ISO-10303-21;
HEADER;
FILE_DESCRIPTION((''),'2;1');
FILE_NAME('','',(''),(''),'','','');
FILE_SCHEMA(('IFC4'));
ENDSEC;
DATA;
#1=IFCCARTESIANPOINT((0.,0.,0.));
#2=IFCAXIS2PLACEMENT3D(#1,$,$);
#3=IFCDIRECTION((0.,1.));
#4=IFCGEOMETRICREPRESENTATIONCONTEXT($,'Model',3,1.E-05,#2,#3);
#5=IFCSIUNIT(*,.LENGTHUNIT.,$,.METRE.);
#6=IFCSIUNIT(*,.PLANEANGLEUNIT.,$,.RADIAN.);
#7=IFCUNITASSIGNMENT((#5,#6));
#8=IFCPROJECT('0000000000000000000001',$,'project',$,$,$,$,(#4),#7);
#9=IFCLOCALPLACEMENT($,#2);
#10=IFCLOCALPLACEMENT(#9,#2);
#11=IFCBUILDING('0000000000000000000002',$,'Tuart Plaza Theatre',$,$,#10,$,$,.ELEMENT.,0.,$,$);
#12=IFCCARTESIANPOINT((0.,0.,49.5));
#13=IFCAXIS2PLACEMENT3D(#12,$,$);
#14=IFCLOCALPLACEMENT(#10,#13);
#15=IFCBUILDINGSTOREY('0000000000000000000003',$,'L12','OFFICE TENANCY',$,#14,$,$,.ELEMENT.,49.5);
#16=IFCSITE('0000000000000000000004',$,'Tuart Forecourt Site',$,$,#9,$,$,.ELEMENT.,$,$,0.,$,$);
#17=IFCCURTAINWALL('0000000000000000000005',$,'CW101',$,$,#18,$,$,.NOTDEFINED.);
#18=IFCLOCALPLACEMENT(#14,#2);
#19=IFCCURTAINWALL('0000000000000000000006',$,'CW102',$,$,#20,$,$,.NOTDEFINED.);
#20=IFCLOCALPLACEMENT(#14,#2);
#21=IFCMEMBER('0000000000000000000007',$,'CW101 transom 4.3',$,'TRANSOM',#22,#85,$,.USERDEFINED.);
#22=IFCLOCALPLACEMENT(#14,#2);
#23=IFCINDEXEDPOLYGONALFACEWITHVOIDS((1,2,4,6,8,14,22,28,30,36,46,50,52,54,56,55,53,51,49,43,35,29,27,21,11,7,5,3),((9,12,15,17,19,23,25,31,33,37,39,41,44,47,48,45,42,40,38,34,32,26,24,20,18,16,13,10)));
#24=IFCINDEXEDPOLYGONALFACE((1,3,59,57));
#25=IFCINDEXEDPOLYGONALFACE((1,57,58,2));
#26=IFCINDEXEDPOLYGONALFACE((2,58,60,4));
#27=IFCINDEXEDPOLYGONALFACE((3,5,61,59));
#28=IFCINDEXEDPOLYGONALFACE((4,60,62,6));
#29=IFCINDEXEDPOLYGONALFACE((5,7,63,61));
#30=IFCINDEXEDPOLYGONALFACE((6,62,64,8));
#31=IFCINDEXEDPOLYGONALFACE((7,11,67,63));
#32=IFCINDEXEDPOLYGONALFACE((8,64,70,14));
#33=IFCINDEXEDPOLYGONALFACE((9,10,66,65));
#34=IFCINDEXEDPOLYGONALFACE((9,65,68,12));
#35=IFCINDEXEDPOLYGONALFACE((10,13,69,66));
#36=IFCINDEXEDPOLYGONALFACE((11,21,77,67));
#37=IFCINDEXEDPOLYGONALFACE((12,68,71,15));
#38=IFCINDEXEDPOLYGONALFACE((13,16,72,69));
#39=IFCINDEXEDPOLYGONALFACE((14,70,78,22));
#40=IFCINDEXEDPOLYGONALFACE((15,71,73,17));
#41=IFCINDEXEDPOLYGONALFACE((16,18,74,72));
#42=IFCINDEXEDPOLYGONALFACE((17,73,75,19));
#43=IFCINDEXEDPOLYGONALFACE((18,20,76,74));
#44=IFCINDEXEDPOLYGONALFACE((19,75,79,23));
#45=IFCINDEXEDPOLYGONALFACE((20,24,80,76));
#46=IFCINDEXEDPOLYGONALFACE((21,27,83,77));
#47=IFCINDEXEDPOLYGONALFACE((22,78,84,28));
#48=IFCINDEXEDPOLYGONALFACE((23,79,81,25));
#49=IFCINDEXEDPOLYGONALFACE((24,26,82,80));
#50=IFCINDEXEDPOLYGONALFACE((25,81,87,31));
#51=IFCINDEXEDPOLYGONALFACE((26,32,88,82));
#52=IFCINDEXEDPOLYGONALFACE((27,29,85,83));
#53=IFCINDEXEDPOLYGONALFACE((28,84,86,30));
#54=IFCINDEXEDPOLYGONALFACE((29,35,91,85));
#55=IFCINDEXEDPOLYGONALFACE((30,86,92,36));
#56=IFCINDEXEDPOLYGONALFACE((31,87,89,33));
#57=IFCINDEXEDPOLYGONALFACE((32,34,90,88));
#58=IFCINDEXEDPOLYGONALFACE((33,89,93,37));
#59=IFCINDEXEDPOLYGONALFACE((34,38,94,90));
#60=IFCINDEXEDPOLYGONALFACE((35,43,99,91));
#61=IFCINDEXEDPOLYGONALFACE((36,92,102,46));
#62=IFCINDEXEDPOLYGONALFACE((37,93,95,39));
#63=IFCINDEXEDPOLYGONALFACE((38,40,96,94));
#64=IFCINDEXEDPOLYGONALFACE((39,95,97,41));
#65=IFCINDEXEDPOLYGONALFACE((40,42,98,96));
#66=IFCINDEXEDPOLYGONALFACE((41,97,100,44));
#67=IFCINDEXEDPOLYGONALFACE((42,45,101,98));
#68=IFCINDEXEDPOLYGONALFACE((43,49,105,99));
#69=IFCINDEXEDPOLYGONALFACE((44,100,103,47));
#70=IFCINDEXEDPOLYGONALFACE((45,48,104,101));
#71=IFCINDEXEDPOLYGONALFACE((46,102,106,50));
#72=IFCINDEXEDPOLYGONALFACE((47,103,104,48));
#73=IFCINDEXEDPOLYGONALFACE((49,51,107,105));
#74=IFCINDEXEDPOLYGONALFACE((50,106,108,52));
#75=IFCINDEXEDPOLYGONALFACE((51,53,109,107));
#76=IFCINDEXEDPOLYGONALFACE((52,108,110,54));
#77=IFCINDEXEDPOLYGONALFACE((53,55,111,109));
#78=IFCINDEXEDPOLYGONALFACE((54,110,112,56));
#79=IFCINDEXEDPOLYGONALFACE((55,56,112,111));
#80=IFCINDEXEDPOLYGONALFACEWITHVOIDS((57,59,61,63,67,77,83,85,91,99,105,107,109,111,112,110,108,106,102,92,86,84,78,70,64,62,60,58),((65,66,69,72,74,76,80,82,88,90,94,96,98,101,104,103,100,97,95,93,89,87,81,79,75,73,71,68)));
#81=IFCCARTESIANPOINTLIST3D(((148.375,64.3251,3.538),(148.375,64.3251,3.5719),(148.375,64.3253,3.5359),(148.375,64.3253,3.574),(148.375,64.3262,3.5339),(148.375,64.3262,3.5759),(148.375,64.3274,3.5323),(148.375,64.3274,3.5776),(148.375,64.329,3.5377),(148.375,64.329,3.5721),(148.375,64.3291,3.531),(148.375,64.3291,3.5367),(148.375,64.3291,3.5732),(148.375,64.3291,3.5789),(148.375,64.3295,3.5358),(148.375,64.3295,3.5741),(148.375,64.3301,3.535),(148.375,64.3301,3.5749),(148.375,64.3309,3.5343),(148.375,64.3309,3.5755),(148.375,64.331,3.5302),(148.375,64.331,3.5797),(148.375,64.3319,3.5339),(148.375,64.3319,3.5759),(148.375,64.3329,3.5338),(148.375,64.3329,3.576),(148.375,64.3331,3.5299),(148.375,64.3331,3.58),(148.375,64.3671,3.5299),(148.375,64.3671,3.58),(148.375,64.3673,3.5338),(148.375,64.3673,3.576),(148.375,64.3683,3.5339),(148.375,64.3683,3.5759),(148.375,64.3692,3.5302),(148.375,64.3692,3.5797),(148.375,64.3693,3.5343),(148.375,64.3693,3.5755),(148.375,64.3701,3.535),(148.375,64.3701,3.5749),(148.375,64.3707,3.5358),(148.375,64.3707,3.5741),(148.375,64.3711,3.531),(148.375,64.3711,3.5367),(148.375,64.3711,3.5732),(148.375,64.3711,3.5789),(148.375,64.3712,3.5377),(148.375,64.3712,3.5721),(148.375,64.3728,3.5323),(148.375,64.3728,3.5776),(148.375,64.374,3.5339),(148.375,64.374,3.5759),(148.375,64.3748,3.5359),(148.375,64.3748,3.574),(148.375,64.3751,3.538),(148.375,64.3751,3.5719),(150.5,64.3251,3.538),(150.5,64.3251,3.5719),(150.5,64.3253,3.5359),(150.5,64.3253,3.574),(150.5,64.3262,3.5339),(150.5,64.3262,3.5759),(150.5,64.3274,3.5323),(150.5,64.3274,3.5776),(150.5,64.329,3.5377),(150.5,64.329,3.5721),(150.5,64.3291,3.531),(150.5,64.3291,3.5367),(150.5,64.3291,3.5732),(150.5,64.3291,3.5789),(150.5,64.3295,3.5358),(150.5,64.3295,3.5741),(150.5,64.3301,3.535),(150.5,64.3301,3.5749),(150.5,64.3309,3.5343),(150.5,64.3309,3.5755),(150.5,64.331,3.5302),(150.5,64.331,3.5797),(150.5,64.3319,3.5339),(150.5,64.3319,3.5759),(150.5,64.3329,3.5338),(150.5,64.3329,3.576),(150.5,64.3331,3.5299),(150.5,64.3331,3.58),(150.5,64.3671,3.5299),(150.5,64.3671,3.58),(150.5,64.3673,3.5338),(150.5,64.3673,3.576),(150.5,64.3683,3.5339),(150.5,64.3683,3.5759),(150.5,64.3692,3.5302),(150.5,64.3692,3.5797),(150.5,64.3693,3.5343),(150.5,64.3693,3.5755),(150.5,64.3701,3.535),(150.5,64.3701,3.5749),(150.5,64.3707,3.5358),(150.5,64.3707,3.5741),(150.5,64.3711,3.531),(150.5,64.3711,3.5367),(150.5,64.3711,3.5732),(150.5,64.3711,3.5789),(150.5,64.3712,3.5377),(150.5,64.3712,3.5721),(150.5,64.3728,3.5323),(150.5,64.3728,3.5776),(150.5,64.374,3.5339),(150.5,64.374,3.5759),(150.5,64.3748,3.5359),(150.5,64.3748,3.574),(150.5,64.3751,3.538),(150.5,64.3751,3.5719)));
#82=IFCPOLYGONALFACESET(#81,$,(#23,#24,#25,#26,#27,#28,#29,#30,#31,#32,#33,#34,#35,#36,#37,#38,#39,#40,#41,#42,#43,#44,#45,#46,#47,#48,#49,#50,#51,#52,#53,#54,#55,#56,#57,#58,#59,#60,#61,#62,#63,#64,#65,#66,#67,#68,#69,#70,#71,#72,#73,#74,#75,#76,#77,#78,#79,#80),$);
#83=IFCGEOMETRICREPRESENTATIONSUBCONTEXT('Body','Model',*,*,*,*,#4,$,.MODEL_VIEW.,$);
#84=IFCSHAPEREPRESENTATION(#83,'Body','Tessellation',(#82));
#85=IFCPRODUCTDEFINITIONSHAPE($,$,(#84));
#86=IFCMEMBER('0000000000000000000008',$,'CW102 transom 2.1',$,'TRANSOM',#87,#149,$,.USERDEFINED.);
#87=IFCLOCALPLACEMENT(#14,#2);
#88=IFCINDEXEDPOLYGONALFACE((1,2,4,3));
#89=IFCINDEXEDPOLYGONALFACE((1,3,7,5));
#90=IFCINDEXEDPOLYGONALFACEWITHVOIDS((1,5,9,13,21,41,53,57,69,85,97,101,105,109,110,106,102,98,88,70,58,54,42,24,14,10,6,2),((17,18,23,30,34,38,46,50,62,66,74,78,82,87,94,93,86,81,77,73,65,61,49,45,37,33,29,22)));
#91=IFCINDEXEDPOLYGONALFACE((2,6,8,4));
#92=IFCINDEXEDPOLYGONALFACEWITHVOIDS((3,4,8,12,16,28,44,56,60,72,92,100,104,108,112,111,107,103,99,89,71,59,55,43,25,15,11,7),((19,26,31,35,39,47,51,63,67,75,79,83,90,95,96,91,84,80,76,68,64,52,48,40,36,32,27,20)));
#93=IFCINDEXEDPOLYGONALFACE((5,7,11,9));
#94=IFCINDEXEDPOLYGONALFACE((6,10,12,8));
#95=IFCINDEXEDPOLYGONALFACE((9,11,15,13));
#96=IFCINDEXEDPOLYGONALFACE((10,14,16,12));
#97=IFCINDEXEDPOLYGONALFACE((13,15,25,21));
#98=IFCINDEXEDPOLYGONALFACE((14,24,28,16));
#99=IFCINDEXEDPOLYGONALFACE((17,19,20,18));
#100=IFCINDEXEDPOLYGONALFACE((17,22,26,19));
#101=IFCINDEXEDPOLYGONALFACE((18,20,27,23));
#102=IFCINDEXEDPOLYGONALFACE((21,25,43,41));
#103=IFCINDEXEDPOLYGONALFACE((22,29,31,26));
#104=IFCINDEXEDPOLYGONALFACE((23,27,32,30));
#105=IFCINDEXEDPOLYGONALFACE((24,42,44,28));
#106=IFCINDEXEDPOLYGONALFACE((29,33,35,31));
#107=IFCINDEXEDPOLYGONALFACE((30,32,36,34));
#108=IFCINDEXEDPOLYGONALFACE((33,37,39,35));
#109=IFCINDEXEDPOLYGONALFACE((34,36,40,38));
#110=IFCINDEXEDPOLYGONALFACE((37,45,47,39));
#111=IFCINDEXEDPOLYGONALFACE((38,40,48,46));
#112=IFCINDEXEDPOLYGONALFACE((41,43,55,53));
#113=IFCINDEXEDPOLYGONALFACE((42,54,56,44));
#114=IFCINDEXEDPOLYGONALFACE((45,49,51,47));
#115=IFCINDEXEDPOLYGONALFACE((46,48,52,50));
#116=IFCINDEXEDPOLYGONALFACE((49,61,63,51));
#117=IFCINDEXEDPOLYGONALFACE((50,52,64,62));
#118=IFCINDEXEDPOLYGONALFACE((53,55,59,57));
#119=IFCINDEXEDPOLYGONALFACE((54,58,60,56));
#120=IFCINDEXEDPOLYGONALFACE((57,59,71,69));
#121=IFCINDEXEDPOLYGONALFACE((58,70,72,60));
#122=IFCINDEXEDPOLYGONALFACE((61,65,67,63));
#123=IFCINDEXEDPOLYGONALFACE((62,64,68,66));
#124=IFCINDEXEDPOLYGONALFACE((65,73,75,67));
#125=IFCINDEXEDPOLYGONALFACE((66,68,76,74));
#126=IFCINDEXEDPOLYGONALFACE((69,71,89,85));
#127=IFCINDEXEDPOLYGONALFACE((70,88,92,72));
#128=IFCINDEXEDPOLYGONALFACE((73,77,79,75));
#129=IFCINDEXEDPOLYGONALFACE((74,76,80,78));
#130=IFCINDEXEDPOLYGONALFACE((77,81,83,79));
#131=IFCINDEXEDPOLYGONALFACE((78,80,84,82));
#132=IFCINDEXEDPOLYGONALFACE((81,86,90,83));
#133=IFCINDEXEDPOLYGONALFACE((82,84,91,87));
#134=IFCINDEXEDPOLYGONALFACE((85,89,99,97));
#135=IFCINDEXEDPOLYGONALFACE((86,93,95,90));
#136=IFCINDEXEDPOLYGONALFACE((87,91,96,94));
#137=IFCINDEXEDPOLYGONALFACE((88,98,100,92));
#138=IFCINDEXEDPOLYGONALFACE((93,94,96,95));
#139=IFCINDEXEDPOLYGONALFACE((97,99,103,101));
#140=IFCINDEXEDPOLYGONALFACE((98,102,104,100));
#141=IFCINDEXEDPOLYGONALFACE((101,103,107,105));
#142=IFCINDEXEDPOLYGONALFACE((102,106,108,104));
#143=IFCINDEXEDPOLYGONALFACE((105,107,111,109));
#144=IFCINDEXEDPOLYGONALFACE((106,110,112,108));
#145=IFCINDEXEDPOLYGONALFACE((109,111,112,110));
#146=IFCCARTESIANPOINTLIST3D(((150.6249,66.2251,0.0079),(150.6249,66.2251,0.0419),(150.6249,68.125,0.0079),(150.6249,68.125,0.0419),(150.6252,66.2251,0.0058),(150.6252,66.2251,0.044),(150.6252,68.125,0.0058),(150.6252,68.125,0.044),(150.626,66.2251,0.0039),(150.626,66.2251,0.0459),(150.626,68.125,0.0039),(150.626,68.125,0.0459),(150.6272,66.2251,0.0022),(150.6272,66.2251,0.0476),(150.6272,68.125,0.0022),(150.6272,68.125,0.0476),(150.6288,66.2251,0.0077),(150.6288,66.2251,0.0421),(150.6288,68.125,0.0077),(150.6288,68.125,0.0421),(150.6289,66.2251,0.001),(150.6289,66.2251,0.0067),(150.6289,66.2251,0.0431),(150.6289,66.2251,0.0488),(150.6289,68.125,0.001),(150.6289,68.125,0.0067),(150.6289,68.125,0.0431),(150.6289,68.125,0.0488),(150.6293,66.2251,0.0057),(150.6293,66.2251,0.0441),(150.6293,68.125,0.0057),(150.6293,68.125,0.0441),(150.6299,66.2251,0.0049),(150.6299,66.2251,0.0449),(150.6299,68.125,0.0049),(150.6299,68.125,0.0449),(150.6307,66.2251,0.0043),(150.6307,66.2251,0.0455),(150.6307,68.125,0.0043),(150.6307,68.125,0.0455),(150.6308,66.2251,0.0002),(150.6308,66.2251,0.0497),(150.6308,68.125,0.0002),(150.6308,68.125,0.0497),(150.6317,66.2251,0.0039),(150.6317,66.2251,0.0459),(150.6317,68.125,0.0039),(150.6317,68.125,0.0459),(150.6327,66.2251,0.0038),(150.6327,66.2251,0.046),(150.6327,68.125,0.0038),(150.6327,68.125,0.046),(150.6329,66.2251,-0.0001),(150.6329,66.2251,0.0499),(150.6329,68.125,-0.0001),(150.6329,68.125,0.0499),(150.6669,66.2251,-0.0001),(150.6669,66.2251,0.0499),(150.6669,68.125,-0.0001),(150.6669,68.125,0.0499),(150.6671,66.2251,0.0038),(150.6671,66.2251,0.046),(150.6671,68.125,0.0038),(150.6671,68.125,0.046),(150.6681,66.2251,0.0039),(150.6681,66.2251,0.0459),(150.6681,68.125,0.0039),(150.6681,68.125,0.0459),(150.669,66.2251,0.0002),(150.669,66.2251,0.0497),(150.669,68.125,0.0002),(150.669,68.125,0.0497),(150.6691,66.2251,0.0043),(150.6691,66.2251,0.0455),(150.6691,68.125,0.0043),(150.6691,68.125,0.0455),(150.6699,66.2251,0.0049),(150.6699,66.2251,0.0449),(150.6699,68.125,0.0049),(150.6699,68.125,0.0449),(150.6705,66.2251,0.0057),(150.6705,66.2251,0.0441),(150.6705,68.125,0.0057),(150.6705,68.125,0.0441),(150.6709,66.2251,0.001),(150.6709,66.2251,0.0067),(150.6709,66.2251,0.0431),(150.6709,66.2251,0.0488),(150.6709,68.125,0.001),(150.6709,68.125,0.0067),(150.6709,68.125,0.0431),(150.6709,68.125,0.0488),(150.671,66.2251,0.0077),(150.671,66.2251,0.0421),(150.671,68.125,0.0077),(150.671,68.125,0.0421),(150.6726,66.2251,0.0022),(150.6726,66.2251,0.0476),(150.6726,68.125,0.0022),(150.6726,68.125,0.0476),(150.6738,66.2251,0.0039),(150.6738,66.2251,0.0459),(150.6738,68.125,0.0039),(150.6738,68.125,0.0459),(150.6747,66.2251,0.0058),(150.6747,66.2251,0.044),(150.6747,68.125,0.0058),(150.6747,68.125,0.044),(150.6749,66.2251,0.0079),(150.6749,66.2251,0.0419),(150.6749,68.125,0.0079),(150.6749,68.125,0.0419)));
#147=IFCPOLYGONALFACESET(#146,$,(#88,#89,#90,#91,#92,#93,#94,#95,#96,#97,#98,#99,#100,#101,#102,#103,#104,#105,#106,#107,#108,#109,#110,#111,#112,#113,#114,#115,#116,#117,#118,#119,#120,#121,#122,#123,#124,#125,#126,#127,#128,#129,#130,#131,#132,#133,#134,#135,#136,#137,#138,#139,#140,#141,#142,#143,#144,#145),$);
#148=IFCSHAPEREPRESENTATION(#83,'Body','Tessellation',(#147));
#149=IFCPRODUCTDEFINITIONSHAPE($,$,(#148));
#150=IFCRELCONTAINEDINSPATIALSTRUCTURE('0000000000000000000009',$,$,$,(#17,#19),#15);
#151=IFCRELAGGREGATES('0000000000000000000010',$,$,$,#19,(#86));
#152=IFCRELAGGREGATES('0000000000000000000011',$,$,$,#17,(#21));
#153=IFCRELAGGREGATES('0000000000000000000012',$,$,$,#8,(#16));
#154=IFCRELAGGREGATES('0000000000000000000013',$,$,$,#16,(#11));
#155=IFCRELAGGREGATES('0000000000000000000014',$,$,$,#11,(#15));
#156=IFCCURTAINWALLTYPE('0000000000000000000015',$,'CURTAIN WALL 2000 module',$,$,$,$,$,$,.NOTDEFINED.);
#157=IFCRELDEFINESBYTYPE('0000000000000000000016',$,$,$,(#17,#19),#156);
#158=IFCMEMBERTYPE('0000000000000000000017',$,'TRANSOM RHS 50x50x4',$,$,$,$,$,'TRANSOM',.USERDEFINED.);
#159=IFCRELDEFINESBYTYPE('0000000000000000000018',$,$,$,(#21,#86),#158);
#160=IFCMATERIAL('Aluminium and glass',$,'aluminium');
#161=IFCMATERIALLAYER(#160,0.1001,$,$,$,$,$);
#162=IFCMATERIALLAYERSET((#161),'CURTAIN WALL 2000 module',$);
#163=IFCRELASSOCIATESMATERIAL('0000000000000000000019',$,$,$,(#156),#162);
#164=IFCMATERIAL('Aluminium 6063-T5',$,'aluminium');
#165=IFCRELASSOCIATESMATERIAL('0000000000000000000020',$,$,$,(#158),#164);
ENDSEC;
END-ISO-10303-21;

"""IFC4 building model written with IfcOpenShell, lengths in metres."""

from ifc_helpers import new_model, si_unit, direction, frame, origin, origin_2d, place, context, subcontext, project, spatial, hollow_rectangle, extrude, material, layer, layer_set, material_profile, profile_set, type_object, element, aggregate, save


model = new_model("IFC4")

# Units and contexts
model_context = context("Model", 3, precision=1e-05, world=origin(), true_north=direction((0.0, 1.0)))
body_context = subcontext(model_context, "Body", "Model", "MODEL_VIEW")
ifc_project = project(units=[si_unit("LENGTHUNIT", "METRE"), si_unit("PLANEANGLEUNIT", "RADIAN")], contexts=[model_context])

# Site, building, storey
site_placement = place(None, origin())
site = spatial("IfcSite", under=ifc_project, at=site_placement, Name="Tuart Forecourt Site", CompositionType="ELEMENT", RefElevation=0.0)
building_placement = place(site_placement, origin())
building = spatial("IfcBuilding", under=site, at=building_placement, Name="Tuart Plaza Theatre", CompositionType="ELEMENT", ElevationOfRefHeight=0.0)
storey_placement = place(building_placement, frame((0.0, 0.0, 49.5)))
storey = spatial("IfcBuildingStorey", under=building, at=storey_placement, Name="L12", Description="OFFICE TENANCY", CompositionType="ELEMENT", Elevation=49.5)

# Shared definitions
ifc_material_1 = material(Name="Aluminium and glass", Category="aluminium")
ifc_layer_1 = layer(ifc_material_1, 0.1001)
ifc_layer_set_1 = layer_set([ifc_layer_1], Name="CURTAIN WALL 2000 module")
curtain_wall_type = type_object("IfcCurtainWallType", Name="CURTAIN WALL 2000 module", PredefinedType="NOTDEFINED", material=ifc_layer_set_1)

# Curtain wall
curtain_wall_1_placement = place(storey_placement, origin())
curtain_wall_1 = element("IfcCurtainWall", 1, at=curtain_wall_1_placement, inside=storey, type_object=curtain_wall_type, Name="CW101", PredefinedType="NOTDEFINED")

# Curtain wall
curtain_wall_2_placement = place(storey_placement, origin())
curtain_wall_2 = element("IfcCurtainWall", 2, at=curtain_wall_2_placement, inside=storey, type_object=curtain_wall_type, Name="CW102", PredefinedType="NOTDEFINED")

# Members
ifc_material_2 = material(Name="Aluminium 6063-T5", Category="aluminium")
ifc_material_profile_1 = material_profile(ifc_material_2, hollow_rectangle(XDim=0.05, YDim=0.05, WallThickness=0.0039, InnerFilletRadius=0.0039, OuterFilletRadius=0.0081, at=origin_2d()), Name="RHS 50x50x4")
ifc_profile_set_1 = profile_set([ifc_material_profile_1], Name="Aluminium 6063-T5")
member_type_1 = type_object("IfcMemberType", Name="TRANSOM RHS 50x50x4", ElementType="TRANSOM", PredefinedType="USERDEFINED", material=ifc_profile_set_1)
member_1_placement = place(storey_placement, frame((148.375, 64.3501, 3.5549), z_axis=(1.0, 0.0, 0.0), x_axis=(0.0, 1.0, 0.0)))
member_1 = element("IfcMember", 3, at=member_1_placement, type_object=member_type_1, Name="CW101 transom 4.3", ObjectType="TRANSOM", PredefinedType="USERDEFINED", context=body_context, shape_type="SweptSolid", body=[
    extrude(hollow_rectangle(XDim=0.05, YDim=0.05, WallThickness=0.0039, InnerFilletRadius=0.0039, OuterFilletRadius=0.0081, at=origin_2d()), origin(), (0.0, 0.0, 1.0), 2.125),
])
member_2_placement = place(storey_placement, frame((150.6499, 66.2251, 0.0249), z_axis=(0.0, 1.0, 0.0), x_axis=(-1.0, 0.0, 0.0)))
member_2 = element("IfcMember", 4, at=member_2_placement, type_object=member_type_1, Name="CW102 transom 2.1", ObjectType="TRANSOM", PredefinedType="USERDEFINED", context=body_context, shape_type="SweptSolid", body=[
    extrude(hollow_rectangle(XDim=0.05, YDim=0.05, WallThickness=0.0039, InnerFilletRadius=0.0039, OuterFilletRadius=0.0081, at=origin_2d()), origin(), (0.0, 0.0, 1.0), 1.8999),
])

aggregate(curtain_wall_2, [member_2])
aggregate(curtain_wall_1, [member_1])

save(model, "model.ifc")
